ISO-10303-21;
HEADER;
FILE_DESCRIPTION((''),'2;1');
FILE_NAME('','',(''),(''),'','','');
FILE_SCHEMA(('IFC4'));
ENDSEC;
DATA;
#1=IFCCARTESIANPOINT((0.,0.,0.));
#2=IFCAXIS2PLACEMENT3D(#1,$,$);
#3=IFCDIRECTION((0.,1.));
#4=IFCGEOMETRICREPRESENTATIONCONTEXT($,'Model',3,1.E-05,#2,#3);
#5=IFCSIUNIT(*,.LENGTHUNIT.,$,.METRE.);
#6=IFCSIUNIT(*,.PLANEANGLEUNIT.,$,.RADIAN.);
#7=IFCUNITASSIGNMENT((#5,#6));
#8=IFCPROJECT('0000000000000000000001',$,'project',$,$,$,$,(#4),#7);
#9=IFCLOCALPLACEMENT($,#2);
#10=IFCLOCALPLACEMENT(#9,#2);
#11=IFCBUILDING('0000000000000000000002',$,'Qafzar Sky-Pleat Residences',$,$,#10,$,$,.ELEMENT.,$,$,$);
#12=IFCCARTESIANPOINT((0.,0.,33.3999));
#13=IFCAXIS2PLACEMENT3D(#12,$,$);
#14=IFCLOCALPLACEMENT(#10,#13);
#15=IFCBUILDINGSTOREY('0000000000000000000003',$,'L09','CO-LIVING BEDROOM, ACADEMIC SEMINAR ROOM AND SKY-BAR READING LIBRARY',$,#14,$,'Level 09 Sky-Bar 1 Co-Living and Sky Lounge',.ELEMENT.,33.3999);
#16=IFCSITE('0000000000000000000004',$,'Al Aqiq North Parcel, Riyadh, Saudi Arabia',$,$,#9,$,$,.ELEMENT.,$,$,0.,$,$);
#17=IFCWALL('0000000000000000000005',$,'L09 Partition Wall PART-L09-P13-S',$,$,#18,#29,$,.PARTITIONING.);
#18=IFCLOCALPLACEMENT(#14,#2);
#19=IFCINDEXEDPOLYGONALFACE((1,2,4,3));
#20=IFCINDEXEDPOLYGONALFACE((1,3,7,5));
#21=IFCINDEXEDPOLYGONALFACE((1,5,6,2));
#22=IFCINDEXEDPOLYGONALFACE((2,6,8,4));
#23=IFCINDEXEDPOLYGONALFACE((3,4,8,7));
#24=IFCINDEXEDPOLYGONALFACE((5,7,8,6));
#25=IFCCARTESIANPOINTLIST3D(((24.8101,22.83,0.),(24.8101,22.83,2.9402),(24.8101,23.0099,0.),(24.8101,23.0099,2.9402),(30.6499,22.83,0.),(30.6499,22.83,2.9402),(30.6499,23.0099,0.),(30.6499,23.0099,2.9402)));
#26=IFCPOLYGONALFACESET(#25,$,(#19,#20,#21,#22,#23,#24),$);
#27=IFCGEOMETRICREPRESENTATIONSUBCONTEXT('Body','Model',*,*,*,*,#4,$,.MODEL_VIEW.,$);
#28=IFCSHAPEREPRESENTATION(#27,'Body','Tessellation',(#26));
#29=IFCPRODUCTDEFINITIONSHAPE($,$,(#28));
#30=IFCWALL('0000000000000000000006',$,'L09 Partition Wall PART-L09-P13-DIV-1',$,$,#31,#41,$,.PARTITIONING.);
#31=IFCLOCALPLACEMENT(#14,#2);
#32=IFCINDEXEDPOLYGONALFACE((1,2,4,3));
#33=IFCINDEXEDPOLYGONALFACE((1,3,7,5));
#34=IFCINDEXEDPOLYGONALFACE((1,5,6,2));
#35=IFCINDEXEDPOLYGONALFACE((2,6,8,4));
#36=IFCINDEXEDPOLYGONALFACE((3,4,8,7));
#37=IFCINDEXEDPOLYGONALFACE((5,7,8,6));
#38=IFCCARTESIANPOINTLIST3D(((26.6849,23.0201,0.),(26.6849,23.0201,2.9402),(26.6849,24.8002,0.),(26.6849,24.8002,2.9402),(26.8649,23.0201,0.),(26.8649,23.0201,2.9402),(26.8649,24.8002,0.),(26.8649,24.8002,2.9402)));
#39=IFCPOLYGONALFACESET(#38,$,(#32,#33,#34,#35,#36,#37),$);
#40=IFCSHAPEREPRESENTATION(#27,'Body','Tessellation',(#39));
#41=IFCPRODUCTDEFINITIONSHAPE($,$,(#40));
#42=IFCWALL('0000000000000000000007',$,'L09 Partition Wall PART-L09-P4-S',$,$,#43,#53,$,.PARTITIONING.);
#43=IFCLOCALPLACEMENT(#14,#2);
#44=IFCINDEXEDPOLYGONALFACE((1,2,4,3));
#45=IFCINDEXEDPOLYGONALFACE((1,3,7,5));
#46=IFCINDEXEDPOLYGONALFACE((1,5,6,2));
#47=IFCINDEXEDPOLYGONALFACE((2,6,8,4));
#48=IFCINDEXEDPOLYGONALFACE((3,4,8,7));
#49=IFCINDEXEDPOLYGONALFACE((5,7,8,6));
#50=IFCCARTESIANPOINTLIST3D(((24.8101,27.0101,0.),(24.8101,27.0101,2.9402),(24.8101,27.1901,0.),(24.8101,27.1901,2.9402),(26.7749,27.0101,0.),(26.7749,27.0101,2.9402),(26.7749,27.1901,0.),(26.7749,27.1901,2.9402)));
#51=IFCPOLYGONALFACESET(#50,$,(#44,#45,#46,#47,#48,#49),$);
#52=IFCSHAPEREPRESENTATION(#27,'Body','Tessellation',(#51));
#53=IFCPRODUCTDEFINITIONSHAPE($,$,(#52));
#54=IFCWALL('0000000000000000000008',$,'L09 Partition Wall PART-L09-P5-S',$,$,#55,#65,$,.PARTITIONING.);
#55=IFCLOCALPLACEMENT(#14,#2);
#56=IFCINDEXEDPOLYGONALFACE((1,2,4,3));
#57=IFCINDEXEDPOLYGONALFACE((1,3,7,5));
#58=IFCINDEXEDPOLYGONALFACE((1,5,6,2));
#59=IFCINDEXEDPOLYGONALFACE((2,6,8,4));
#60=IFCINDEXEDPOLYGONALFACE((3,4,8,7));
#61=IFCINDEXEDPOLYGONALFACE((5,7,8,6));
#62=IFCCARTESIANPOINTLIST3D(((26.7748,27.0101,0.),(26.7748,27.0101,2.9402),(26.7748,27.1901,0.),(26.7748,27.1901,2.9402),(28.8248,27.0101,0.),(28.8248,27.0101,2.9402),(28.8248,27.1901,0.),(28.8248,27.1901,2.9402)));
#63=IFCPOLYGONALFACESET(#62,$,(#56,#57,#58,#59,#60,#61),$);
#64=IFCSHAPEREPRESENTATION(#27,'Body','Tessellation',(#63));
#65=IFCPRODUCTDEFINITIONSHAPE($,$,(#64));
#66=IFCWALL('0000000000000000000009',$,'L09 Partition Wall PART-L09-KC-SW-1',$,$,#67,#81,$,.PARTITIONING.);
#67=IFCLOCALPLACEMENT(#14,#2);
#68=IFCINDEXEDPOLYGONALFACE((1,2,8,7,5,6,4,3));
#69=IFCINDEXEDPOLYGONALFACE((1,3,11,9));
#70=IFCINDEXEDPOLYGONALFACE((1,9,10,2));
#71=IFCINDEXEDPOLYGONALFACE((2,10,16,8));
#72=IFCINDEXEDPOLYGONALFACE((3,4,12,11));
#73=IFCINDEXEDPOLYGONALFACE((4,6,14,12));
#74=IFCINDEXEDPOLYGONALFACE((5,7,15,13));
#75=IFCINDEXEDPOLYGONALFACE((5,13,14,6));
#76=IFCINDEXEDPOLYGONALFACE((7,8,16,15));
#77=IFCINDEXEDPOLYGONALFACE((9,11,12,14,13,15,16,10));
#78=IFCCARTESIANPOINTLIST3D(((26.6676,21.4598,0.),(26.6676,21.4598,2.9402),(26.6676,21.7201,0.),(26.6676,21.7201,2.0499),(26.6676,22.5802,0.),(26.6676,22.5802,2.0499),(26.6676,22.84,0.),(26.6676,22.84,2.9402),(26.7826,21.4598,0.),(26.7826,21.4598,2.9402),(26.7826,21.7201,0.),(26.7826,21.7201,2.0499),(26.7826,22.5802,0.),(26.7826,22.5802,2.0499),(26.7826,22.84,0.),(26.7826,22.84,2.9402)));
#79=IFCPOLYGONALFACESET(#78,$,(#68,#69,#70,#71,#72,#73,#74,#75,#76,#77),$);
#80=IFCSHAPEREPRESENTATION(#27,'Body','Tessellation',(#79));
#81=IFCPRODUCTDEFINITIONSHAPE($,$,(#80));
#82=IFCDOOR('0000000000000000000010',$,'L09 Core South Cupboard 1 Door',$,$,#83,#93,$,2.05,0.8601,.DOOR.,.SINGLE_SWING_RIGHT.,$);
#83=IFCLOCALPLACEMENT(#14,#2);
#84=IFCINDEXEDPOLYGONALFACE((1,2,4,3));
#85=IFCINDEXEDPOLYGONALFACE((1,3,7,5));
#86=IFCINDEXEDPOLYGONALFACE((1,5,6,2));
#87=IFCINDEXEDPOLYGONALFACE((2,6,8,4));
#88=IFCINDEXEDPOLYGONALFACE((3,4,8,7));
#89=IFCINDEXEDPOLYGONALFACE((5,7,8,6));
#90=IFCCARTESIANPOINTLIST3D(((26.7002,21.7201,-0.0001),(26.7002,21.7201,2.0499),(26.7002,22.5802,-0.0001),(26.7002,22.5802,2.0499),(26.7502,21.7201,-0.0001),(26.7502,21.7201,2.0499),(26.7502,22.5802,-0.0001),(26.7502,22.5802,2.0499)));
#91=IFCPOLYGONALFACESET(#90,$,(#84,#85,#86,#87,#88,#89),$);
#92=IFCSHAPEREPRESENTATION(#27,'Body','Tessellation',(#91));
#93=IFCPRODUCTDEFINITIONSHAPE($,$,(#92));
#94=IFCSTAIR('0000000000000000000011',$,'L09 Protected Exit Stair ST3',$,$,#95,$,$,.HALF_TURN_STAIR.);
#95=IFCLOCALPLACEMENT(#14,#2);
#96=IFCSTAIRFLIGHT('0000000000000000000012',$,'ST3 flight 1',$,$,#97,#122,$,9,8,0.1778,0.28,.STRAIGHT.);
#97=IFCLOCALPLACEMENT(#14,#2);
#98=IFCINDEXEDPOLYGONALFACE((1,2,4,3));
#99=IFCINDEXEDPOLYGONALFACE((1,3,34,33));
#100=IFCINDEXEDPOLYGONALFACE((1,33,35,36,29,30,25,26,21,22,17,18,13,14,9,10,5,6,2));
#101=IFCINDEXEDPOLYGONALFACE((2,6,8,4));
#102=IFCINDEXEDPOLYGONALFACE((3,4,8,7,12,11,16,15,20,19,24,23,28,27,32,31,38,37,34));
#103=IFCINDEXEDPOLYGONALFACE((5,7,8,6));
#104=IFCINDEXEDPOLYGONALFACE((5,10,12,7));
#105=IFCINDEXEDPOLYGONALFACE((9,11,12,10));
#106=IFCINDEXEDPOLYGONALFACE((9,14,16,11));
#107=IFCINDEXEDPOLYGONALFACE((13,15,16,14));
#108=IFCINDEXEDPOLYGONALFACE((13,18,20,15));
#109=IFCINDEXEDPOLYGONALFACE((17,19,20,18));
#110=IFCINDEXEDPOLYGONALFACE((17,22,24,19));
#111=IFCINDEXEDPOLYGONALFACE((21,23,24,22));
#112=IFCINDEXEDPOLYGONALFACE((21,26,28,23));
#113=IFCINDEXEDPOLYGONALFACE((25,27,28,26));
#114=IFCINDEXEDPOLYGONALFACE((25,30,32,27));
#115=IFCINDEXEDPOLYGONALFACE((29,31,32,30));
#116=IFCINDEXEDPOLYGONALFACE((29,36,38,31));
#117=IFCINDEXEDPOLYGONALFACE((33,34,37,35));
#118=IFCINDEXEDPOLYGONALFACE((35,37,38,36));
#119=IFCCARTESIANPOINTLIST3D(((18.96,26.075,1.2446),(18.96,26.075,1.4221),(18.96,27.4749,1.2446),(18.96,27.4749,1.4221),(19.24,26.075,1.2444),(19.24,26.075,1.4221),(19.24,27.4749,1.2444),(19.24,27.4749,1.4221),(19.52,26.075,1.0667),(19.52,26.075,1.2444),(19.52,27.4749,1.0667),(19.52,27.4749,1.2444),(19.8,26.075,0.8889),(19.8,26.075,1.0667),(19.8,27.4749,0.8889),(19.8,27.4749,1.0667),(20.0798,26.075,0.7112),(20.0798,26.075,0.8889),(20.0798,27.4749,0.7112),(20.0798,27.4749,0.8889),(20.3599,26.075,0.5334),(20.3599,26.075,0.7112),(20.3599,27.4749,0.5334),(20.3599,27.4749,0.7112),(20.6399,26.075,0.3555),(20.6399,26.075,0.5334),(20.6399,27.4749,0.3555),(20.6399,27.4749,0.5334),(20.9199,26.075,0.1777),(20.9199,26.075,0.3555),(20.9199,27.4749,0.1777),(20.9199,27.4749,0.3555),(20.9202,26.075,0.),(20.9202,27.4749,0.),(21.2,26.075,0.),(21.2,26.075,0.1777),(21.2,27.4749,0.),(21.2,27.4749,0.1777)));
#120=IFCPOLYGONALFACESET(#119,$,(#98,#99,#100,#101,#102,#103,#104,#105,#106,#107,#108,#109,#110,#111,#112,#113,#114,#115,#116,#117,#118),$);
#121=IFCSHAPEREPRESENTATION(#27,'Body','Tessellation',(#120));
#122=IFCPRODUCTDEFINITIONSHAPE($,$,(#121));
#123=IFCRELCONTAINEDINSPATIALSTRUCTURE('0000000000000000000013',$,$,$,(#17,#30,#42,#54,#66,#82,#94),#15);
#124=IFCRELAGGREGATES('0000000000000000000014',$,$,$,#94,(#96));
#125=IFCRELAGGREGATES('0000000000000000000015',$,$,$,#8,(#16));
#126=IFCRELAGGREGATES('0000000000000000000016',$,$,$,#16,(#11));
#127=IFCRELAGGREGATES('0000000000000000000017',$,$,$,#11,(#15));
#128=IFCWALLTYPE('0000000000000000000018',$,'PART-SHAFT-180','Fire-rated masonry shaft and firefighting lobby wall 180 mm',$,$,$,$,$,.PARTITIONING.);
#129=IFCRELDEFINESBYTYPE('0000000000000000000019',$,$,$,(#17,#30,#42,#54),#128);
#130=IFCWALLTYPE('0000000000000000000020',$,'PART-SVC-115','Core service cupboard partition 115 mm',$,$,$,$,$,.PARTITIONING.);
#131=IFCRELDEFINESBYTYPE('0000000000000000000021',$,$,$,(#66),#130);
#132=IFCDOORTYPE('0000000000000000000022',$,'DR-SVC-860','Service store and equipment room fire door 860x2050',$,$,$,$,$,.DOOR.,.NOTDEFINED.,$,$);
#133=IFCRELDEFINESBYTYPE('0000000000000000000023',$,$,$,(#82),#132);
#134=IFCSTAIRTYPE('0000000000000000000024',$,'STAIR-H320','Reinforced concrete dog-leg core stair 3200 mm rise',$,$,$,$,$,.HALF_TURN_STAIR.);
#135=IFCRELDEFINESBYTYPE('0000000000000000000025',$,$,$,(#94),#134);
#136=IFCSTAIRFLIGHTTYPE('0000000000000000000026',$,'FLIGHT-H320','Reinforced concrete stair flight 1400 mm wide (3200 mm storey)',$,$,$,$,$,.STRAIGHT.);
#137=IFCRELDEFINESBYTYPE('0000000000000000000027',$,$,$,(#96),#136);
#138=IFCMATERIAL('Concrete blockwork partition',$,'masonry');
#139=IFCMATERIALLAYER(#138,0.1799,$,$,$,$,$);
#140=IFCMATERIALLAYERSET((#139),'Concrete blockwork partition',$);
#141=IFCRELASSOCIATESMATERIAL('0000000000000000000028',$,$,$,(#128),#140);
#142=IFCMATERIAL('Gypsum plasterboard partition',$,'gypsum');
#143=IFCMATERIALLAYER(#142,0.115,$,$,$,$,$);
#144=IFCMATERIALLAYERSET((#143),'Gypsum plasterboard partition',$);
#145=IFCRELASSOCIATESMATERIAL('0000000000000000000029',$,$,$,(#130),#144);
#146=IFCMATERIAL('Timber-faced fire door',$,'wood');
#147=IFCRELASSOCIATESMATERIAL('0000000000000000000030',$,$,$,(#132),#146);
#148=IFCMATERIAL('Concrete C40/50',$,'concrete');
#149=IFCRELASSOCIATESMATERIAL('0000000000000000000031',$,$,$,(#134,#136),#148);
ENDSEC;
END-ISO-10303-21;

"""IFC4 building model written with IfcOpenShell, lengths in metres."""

from ifc_helpers import new_model, si_unit, direction, frame, frame_2d, origin, place, context, subcontext, project, spatial, polyline, rectangle, outline, extrude, source, transform, mapped, material, layer, layer_set, type_object, element, fill, aggregate, save


model = new_model("IFC4")

# Units and contexts
model_context = context("Model", 3, precision=1e-05, world=origin(), true_north=direction((0.0, 1.0)))
body_context = subcontext(model_context, "Body", "Model", "MODEL_VIEW")
ifc_project = project(units=[si_unit("LENGTHUNIT", "METRE"), si_unit("PLANEANGLEUNIT", "RADIAN")], contexts=[model_context])

# Site, building, storey
site_placement = place(None, origin())
site = spatial("IfcSite", under=ifc_project, at=site_placement, Name="Al Aqiq North Parcel, Riyadh, Saudi Arabia", CompositionType="ELEMENT", RefElevation=0.0)
building_placement = place(site_placement, origin())
building = spatial("IfcBuilding", under=site, at=building_placement, Name="Qafzar Sky-Pleat Residences", CompositionType="ELEMENT")
storey_placement = place(building_placement, frame((0.0, 0.0, 33.3999)))
storey = spatial("IfcBuildingStorey", under=building, at=storey_placement, Name="L09", Description="CO-LIVING BEDROOM, ACADEMIC SEMINAR ROOM AND SKY-BAR READING LIBRARY", LongName="Level 09 Sky-Bar 1 Co-Living and Sky Lounge", CompositionType="ELEMENT", Elevation=33.3999)

# Wall
ifc_material_1 = material(Name="Concrete blockwork partition", Category="masonry")
ifc_layer_1 = layer(ifc_material_1, 0.1799)
ifc_layer_set_1 = layer_set([ifc_layer_1], Name="Concrete blockwork partition")
wall_type_1 = type_object("IfcWallType", Name="PART-SHAFT-180", Description="Fire-rated masonry shaft and firefighting lobby wall 180 mm", PredefinedType="PARTITIONING", material=ifc_layer_set_1)
wall_1_placement = place(storey_placement, frame((24.8101, 22.9199, 0.0), z_axis=(0.0, 0.0, 1.0), x_axis=(1.0, 0.0, 0.0)))
element("IfcWall", 1, at=wall_1_placement, inside=storey, type_object=wall_type_1, Name="L09 Partition Wall PART-L09-P13-S", PredefinedType="PARTITIONING", context=body_context, shape_type="SweptSolid", body=[
    extrude(rectangle(XDim=5.8398, YDim=0.1799, at=frame_2d((2.9199, 0.0))), origin(), (0.0, 0.0, 1.0), 2.9402),
])

# Walls
wall_2_placement = place(storey_placement, frame((26.7749, 23.02, 0.0), z_axis=(0.0, 0.0, 1.0), x_axis=(0.0, 1.0, 0.0)))
element("IfcWall", 2, at=wall_2_placement, inside=storey, type_object=wall_type_1, Name="L09 Partition Wall PART-L09-P13-DIV-1", PredefinedType="PARTITIONING", context=body_context, shape_type="SweptSolid", body=[
    extrude(rectangle(XDim=1.78, YDim=0.1799, at=frame_2d((0.8901, 0.0))), origin(), (0.0, 0.0, 1.0), 2.9402),
])
wall_3_placement = place(storey_placement, frame((24.8101, 27.1001, 0.0), z_axis=(0.0, 0.0, 1.0), x_axis=(1.0, 0.0, 0.0)))
element("IfcWall", 3, at=wall_3_placement, inside=storey, type_object=wall_type_1, Name="L09 Partition Wall PART-L09-P4-S", PredefinedType="PARTITIONING", context=body_context, shape_type="SweptSolid", body=[
    extrude(rectangle(XDim=1.9648, YDim=0.1799, at=frame_2d((0.9824, 0.0))), origin(), (0.0, 0.0, 1.0), 2.9402),
])
wall_4_placement = place(storey_placement, frame((26.7749, 27.1001, 0.0), z_axis=(0.0, 0.0, 1.0), x_axis=(1.0, 0.0, 0.0)))
element("IfcWall", 4, at=wall_4_placement, inside=storey, type_object=wall_type_1, Name="L09 Partition Wall PART-L09-P5-S", PredefinedType="PARTITIONING", context=body_context, shape_type="SweptSolid", body=[
    extrude(rectangle(XDim=2.05, YDim=0.1799, at=frame_2d((1.0249, 0.0))), origin(), (0.0, 0.0, 1.0), 2.9402),
])

# Wall, opening, door
ifc_material_2 = material(Name="Gypsum plasterboard partition", Category="gypsum")
ifc_layer_2 = layer(ifc_material_2, 0.115)
ifc_layer_set_2 = layer_set([ifc_layer_2], Name="Gypsum plasterboard partition")
wall_type_2 = type_object("IfcWallType", Name="PART-SVC-115", Description="Core service cupboard partition 115 mm", PredefinedType="PARTITIONING", material=ifc_layer_set_2)
wall_5_placement = place(storey_placement, frame((26.7251, 21.46, 0.0), z_axis=(0.0, 0.0, 1.0), x_axis=(0.0, 1.0, 0.0)))
wall_5 = element("IfcWall", 5, at=wall_5_placement, inside=storey, type_object=wall_type_2, Name="L09 Partition Wall PART-L09-KC-SW-1", PredefinedType="PARTITIONING", context=body_context, shape_type="SweptSolid", body=[
    extrude(rectangle(XDim=1.3801, YDim=0.115, at=frame_2d((0.6899, 0.0))), origin(), (0.0, 0.0, 1.0), 2.9402),
])
opening_1_placement = place(wall_5_placement, frame((0.26, 0.0, 0.0)))
opening_1 = element("IfcOpeningElement", 6, at=opening_1_placement, cuts=wall_5, PredefinedType="OPENING", context=body_context, shape_type="SweptSolid", body=[
    extrude(rectangle(XDim=0.8601, YDim=2.05, at=frame_2d((0.4302, 1.0249))), frame((0.0, 0.0674, 0.0), z_axis=(0.0, -1.0, 0.0), x_axis=(1.0, 0.0, 0.0)), (0.0, 0.0, 1.0), 0.135),
])
ifc_material_3 = material(Name="Timber-faced fire door", Category="wood")
door_type_1 = type_object("IfcDoorType", Name="DR-SVC-860", Description="Service store and equipment room fire door 860x2050", OperationType="NOTDEFINED", PredefinedType="DOOR", material=ifc_material_3)
shared_shape_1 = source(origin(), body_context, "Body", "SweptSolid", [
    extrude(rectangle(XDim=0.8601, YDim=2.05, at=frame_2d((0.4302, 1.0249))), frame((0.0, 0.0249, 0.0), z_axis=(0.0, -1.0, 0.0), x_axis=(1.0, 0.0, 0.0)), (0.0, 0.0, 1.0), 0.05),
])
door_1_placement = place(opening_1_placement, origin())
door_1 = element("IfcDoor", 7, at=door_1_placement, inside=storey, type_object=door_type_1, Name="L09 Core South Cupboard 1 Door", OperationType="SINGLE_SWING_RIGHT", OverallHeight=2.05, OverallWidth=0.8601, PredefinedType="DOOR", context=body_context, shape_type="MappedRepresentation", body=[
    mapped(shared_shape_1, transform((0.0, 0.0, 0.0), x_axis=(1.0, 0.0, 0.0), y_axis=(0.0, 1.0, 0.0), z_axis=(0.0, 0.0, 1.0), scale=1.0)),
])
fill(opening_1, door_1)

# Stair, stair flight
ifc_material_4 = material(Name="Concrete C40/50", Category="concrete")
stair_type = type_object("IfcStairType", Name="STAIR-H320", Description="Reinforced concrete dog-leg core stair 3200 mm rise", PredefinedType="HALF_TURN_STAIR", material=ifc_material_4)
stair_placement = place(storey_placement, origin())
stair = element("IfcStair", 8, at=stair_placement, inside=storey, type_object=stair_type, Name="L09 Protected Exit Stair ST3", PredefinedType="HALF_TURN_STAIR")
stair_flight_type = type_object("IfcStairFlightType", Name="FLIGHT-H320", Description="Reinforced concrete stair flight 1400 mm wide (3200 mm storey)", PredefinedType="STRAIGHT", material=ifc_material_4)
shared_shape_2 = source(origin(), body_context, "Body", "SweptSolid", [
    extrude(outline(polyline([(0.0, 0.0), (0.0, 0.1777), (0.28, 0.1777), (0.28, 0.3555), (0.5601, 0.3555), (0.5601, 0.5334), (0.8401, 0.5334), (0.8401, 0.7112), (1.1201, 0.7112), (1.1201, 0.8889), (1.3999, 0.8889), (1.3999, 1.0667), (1.6799, 1.0667), (1.6799, 1.2444), (1.96, 1.2444), (1.96, 1.4221), (2.24, 1.4221), (2.24, 1.6001), (2.24, 1.2446), (0.2798, 0.0), (0.0, 0.0)])), frame((0.0, 0.7, 0.0), z_axis=(0.0, -1.0, 0.0), x_axis=(1.0, 0.0, 0.0)), (0.0, 0.0, 1.0), 1.3999),
])
stair_flight_placement = place(storey_placement, frame((21.2, 26.7749, 0.0), z_axis=(0.0, 0.0, 1.0), x_axis=(-1.0, 0.0, 0.0)))
stair_flight = element("IfcStairFlight", 9, at=stair_flight_placement, type_object=stair_flight_type, Name="ST3 flight 1", NumberOfRisers=9, NumberOfTreads=8, PredefinedType="STRAIGHT", RiserHeight=0.1778, TreadLength=0.28, context=body_context, shape_type="MappedRepresentation", body=[
    mapped(shared_shape_2, transform((0.0, 0.0, 0.0), x_axis=(1.0, 0.0, 0.0), y_axis=(0.0, 1.0, 0.0), z_axis=(0.0, 0.0, 1.0), scale=1.0)),
])
aggregate(stair, [stair_flight])

save(model, "model.ifc")
